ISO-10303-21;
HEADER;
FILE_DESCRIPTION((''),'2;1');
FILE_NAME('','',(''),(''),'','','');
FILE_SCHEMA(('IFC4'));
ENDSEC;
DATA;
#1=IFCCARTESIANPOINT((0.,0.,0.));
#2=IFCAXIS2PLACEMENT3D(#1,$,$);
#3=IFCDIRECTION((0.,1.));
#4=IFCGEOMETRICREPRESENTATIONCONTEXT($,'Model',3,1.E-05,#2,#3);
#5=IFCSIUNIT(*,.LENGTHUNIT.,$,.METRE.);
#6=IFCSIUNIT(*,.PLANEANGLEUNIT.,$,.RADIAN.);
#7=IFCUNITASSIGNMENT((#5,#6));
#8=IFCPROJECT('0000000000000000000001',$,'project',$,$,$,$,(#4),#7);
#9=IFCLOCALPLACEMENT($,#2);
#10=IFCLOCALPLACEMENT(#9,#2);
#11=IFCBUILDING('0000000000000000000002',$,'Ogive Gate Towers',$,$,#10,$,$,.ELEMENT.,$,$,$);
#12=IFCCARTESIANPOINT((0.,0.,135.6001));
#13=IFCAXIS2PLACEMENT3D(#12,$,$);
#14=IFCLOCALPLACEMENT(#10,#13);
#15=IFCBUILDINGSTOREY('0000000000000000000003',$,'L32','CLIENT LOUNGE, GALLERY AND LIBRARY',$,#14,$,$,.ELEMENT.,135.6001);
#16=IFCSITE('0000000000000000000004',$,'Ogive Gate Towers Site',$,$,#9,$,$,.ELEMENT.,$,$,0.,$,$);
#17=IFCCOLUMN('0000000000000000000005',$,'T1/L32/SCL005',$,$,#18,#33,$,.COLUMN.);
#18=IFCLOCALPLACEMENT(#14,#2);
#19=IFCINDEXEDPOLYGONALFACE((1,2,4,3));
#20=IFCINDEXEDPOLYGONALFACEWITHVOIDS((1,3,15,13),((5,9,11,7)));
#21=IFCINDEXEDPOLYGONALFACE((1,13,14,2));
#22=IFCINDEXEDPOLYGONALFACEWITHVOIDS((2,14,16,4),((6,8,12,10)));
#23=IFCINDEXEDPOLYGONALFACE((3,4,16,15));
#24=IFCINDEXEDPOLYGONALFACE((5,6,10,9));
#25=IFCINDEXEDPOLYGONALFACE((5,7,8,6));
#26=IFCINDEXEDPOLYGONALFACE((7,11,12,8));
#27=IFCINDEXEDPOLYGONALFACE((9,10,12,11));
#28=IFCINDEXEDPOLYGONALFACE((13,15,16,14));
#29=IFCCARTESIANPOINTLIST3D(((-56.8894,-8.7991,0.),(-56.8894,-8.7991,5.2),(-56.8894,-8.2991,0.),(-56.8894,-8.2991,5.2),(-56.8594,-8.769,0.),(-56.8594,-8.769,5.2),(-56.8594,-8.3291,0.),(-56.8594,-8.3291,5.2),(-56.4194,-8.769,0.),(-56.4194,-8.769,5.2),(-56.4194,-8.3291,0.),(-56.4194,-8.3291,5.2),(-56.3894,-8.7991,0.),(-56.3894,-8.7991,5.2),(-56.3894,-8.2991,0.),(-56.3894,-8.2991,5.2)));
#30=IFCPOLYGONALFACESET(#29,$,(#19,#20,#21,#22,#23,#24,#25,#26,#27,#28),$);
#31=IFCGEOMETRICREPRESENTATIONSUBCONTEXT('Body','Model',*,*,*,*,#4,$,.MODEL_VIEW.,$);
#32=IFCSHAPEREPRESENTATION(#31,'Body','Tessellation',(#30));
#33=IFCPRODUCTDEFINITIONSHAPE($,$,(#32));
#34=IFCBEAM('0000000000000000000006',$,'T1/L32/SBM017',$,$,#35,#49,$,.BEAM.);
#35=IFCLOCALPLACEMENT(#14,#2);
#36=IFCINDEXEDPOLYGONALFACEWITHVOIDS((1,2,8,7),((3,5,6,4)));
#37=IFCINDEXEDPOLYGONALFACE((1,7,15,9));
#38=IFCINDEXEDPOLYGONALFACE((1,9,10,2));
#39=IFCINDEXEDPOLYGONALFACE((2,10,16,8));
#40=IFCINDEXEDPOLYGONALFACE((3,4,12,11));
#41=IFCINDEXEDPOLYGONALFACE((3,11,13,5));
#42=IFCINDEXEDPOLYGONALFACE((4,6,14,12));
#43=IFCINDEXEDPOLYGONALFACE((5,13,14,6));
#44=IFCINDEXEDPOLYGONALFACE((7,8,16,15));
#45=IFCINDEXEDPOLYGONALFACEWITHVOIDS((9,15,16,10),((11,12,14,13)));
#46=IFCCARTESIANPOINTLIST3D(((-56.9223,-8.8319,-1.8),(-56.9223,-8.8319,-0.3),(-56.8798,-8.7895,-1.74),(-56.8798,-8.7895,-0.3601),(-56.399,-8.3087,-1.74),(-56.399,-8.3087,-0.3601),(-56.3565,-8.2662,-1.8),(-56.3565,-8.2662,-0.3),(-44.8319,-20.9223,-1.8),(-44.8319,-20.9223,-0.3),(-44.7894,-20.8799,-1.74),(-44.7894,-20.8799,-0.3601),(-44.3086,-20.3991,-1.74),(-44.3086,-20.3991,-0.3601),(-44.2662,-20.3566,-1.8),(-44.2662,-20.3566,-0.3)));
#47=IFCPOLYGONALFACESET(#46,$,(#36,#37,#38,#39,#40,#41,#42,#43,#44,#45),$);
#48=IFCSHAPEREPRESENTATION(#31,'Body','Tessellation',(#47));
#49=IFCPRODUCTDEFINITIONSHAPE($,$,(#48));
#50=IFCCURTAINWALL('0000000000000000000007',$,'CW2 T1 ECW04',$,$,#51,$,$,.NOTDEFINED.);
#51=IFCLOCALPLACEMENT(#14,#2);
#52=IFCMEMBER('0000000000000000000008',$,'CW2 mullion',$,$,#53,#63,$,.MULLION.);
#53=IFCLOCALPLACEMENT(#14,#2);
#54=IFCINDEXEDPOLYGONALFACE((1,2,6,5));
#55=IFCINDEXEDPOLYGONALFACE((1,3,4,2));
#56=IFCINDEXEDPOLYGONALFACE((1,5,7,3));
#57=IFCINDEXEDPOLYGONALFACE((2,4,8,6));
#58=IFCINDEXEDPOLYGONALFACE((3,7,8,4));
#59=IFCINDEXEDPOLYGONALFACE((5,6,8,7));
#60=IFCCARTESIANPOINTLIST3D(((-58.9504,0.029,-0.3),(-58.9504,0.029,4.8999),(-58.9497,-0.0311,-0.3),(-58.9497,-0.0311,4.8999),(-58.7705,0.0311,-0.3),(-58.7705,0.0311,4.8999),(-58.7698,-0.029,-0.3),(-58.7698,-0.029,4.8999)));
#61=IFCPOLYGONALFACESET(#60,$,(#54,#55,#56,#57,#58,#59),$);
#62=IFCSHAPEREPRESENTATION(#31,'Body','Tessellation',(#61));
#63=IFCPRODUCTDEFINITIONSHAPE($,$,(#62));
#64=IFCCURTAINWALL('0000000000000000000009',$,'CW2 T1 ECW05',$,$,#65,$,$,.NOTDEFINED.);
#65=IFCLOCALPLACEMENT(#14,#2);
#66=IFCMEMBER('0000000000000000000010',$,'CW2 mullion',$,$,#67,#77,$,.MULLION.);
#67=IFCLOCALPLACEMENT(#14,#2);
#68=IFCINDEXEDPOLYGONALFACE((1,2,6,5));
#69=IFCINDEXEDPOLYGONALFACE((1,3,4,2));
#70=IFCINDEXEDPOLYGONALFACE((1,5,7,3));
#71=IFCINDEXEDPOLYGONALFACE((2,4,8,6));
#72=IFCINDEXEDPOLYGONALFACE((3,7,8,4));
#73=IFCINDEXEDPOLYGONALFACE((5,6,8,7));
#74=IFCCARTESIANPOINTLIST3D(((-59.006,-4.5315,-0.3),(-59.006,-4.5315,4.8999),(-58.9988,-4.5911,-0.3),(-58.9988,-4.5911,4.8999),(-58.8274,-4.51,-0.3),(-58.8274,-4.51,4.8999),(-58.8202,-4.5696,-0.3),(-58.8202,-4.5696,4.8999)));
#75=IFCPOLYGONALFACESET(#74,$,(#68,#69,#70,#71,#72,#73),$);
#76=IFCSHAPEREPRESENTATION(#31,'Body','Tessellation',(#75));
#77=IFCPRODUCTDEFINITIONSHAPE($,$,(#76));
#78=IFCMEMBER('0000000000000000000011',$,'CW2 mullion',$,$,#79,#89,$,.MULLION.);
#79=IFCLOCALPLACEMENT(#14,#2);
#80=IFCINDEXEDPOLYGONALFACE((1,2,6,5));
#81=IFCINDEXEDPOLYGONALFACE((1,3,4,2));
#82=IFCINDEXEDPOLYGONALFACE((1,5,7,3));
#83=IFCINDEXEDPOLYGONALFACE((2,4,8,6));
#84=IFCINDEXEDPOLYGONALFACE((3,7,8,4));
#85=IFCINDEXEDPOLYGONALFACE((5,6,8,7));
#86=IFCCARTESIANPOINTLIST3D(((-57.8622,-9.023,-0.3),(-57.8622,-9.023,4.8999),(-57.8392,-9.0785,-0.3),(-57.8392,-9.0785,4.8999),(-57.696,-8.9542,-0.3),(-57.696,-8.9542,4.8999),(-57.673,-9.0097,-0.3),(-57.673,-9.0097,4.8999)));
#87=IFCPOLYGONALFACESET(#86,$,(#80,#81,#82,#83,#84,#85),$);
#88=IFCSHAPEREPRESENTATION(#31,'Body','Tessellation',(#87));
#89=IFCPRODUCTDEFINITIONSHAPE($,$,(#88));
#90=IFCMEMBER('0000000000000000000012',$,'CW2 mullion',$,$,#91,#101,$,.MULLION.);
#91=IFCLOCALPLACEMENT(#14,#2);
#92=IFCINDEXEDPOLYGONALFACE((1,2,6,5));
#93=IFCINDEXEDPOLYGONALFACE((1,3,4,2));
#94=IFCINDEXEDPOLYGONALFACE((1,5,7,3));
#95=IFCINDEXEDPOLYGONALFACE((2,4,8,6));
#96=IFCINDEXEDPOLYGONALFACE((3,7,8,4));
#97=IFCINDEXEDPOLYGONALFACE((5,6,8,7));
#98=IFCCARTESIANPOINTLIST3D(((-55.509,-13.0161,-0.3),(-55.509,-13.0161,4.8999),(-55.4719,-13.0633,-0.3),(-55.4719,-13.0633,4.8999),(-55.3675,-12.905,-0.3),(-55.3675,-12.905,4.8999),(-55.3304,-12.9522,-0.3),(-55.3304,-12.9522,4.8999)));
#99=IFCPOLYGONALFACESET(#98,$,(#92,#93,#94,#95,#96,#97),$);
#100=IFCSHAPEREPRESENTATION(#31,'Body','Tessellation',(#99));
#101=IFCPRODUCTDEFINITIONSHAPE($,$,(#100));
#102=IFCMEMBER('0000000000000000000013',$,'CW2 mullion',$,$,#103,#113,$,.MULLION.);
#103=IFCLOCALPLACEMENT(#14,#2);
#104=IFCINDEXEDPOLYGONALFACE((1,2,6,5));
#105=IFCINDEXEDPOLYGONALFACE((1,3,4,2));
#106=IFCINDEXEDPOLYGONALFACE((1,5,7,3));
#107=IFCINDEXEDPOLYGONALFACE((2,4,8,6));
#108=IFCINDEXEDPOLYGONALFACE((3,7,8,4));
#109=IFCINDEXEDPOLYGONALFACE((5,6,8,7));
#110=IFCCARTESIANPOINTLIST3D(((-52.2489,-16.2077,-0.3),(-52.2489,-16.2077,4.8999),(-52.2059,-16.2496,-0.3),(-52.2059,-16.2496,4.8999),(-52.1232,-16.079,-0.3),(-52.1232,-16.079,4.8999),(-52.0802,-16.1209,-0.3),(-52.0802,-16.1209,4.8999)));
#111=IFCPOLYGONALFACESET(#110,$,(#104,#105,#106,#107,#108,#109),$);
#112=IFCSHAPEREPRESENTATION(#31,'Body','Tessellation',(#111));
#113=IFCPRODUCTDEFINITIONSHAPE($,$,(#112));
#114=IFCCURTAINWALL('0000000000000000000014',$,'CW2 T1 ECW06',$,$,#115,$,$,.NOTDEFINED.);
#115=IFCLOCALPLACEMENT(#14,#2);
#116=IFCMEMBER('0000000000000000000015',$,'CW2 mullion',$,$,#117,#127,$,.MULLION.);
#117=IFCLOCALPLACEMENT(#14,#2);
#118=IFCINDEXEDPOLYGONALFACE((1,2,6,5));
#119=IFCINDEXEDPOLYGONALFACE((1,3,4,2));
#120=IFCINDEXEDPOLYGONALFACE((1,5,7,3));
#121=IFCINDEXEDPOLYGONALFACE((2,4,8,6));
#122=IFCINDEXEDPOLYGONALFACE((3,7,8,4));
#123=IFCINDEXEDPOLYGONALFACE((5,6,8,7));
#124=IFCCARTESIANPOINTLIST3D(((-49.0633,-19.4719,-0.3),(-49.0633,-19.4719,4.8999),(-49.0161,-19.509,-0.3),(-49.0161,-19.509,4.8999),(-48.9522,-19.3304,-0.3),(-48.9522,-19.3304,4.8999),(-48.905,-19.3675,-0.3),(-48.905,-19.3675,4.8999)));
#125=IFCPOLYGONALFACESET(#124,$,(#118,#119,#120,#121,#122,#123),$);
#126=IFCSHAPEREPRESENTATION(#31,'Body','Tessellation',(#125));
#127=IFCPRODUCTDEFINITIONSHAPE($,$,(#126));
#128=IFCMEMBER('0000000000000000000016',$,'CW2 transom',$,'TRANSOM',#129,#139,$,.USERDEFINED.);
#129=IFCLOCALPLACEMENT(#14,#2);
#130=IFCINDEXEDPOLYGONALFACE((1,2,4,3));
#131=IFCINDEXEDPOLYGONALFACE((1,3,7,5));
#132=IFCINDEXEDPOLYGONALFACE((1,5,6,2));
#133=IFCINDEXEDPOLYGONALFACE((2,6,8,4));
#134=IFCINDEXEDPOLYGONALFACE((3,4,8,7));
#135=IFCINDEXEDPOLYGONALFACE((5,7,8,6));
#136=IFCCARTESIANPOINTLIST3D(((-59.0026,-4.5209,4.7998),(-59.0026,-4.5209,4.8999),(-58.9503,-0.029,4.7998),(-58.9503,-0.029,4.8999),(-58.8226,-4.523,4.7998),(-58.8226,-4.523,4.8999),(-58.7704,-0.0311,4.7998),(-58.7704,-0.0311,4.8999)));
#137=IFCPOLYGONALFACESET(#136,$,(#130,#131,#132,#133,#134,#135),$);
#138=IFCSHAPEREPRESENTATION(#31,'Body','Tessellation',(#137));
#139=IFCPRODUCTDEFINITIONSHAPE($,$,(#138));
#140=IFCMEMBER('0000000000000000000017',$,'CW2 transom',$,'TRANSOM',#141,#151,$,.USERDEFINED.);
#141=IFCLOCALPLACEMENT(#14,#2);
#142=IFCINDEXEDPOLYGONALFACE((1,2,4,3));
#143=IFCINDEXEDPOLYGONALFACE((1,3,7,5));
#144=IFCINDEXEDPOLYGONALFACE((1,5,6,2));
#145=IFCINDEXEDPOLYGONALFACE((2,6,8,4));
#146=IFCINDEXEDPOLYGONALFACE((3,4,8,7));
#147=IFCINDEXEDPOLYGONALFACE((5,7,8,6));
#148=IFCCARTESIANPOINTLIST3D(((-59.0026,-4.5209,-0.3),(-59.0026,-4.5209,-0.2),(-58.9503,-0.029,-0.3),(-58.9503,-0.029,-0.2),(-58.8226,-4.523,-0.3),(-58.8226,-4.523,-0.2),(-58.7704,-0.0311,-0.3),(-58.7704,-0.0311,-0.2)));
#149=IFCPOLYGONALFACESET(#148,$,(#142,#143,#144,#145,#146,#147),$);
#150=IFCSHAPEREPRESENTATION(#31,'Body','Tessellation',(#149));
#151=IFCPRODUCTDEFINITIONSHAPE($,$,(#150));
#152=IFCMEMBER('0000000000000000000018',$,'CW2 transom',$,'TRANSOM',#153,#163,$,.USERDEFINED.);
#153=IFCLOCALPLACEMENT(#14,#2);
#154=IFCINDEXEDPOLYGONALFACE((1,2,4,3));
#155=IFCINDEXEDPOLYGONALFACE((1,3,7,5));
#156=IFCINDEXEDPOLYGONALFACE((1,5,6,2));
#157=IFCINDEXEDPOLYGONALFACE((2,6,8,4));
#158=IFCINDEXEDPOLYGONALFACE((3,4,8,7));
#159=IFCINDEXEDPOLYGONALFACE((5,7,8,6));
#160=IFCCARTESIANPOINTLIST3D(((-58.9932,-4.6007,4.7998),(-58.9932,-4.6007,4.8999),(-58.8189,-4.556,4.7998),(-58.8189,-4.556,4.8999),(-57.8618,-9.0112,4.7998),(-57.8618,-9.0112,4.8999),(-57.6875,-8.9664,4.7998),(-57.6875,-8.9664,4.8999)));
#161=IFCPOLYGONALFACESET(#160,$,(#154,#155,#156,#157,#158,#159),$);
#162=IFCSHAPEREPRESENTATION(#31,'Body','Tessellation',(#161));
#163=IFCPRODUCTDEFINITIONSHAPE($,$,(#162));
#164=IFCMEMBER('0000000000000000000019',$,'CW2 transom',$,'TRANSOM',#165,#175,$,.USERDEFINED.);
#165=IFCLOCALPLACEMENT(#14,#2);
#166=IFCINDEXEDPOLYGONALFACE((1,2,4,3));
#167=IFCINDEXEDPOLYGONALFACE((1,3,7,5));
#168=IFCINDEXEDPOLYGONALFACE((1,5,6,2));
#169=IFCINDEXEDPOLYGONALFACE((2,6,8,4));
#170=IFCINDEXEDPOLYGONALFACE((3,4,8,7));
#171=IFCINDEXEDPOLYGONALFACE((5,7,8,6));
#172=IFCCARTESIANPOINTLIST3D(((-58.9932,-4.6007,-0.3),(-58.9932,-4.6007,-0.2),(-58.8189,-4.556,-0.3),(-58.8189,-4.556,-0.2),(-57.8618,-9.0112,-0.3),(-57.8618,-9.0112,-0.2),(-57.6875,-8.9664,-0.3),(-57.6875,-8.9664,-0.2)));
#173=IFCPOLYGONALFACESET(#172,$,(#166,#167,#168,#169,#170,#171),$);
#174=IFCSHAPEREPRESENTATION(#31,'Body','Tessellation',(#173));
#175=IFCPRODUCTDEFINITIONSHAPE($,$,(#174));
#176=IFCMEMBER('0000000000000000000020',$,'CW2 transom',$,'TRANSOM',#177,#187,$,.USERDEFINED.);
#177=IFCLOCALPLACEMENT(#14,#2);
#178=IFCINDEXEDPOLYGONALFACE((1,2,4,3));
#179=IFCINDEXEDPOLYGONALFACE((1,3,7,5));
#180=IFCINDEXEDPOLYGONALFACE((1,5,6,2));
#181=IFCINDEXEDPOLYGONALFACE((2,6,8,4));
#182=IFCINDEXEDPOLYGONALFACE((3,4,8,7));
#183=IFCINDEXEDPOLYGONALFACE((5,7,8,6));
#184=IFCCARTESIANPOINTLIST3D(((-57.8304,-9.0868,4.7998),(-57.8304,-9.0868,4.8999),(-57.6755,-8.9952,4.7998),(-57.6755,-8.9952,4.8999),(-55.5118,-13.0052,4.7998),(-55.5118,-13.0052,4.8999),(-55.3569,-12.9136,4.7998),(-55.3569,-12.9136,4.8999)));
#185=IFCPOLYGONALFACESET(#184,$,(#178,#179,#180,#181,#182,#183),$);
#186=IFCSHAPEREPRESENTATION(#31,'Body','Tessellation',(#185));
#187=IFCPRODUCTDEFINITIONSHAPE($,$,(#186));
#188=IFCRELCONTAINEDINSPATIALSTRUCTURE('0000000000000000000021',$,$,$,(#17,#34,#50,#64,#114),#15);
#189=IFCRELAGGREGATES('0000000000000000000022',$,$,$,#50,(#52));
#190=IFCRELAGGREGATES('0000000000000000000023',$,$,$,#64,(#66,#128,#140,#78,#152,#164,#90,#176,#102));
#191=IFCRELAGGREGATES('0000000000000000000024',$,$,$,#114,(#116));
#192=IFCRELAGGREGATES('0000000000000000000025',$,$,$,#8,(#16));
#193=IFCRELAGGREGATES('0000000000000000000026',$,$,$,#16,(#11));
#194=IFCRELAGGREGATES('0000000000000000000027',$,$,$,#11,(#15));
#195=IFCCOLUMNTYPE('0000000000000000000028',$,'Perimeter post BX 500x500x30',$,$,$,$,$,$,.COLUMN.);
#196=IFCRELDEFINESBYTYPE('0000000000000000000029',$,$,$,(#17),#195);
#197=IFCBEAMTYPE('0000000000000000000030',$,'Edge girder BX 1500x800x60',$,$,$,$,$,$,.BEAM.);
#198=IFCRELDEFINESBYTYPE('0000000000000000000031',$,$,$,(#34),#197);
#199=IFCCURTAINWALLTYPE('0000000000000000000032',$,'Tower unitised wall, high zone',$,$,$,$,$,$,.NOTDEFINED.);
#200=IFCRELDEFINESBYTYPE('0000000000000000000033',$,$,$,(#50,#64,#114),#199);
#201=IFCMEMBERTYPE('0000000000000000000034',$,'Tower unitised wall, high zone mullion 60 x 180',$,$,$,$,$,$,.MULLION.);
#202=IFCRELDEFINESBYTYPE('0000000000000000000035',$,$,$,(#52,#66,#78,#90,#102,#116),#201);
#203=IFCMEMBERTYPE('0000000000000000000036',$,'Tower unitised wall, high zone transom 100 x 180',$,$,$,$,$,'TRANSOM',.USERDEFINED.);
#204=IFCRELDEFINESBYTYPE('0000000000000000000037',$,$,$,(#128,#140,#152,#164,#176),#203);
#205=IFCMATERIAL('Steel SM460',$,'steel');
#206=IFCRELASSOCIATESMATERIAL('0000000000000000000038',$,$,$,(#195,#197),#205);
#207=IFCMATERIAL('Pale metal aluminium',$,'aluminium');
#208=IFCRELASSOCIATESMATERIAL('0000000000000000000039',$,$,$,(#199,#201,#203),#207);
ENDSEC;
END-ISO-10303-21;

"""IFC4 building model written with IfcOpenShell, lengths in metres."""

from ifc_helpers import new_model, si_unit, direction, frame, origin, origin_2d, place, context, subcontext, project, spatial, rectangle, hollow_rectangle, extrude, material, material_profile, profile_set, type_object, element, aggregate, save


model = new_model("IFC4")

# Units and contexts
model_context = context("Model", 3, precision=1e-05, world=origin(), true_north=direction((0.0, 1.0)))
body_context = subcontext(model_context, "Body", "Model", "MODEL_VIEW")
ifc_project = project(units=[si_unit("LENGTHUNIT", "METRE"), si_unit("PLANEANGLEUNIT", "RADIAN")], contexts=[model_context])

# Site, building, storey
site_placement = place(None, origin())
site = spatial("IfcSite", under=ifc_project, at=site_placement, Name="Ogive Gate Towers Site", CompositionType="ELEMENT", RefElevation=0.0)
building_placement = place(site_placement, origin())
building = spatial("IfcBuilding", under=site, at=building_placement, Name="Ogive Gate Towers", CompositionType="ELEMENT")
storey_placement = place(building_placement, frame((0.0, 0.0, 135.6001)))
storey = spatial("IfcBuildingStorey", under=building, at=storey_placement, Name="L32", Description="CLIENT LOUNGE, GALLERY AND LIBRARY", CompositionType="ELEMENT", Elevation=135.6001)

# Column
ifc_material_1 = material(Name="Steel SM460", Category="steel")
ifc_material_profile_1 = material_profile(ifc_material_1, hollow_rectangle(XDim=0.5, YDim=0.5, WallThickness=0.03, at=origin_2d()), Name="BX 500x500x30")
ifc_profile_set_1 = profile_set([ifc_material_profile_1], Name="Steel SM460")
column_type = type_object("IfcColumnType", Name="Perimeter post BX 500x500x30", PredefinedType="COLUMN", material=ifc_profile_set_1)
column_placement = place(storey_placement, frame((-56.6394, -8.5491, 0.0), z_axis=(0.0, 0.0, 1.0), x_axis=(1.0, 0.0, 0.0)))
element("IfcColumn", 1, at=column_placement, inside=storey, type_object=column_type, Name="T1/L32/SCL005", PredefinedType="COLUMN", context=body_context, shape_type="SweptSolid", body=[
    extrude(hollow_rectangle(XDim=0.5, YDim=0.5, WallThickness=0.03, at=origin_2d()), origin(), (0.0, 0.0, 1.0), 5.2),
])

# Beam
ifc_material_profile_2 = material_profile(ifc_material_1, hollow_rectangle(XDim=0.8, YDim=1.5, WallThickness=0.0601, at=origin_2d()), Name="BX 1500x800x60")
ifc_profile_set_2 = profile_set([ifc_material_profile_2], Name="Steel SM460")
beam_type = type_object("IfcBeamType", Name="Edge girder BX 1500x800x60", PredefinedType="BEAM", material=ifc_profile_set_2)
beam_placement = place(storey_placement, frame((-56.6394, -8.5491, -1.05), z_axis=(0.707107, -0.707107, 0.0), x_axis=(0.707107, 0.707107, 0.0)))
element("IfcBeam", 2, at=beam_placement, inside=storey, type_object=beam_type, Name="T1/L32/SBM017", PredefinedType="BEAM", context=body_context, shape_type="SweptSolid", body=[
    extrude(hollow_rectangle(XDim=0.8, YDim=1.5, WallThickness=0.0601, at=origin_2d()), origin(), (0.0, 0.0, 1.0), 17.0984),
])

# Curtain wall, member
ifc_material_2 = material(Name="Pale metal aluminium", Category="aluminium")
curtain_wall_type = type_object("IfcCurtainWallType", Name="Tower unitised wall, high zone", PredefinedType="NOTDEFINED", material=ifc_material_2)
curtain_wall_1_placement = place(storey_placement, origin())
curtain_wall_1 = element("IfcCurtainWall", 3, at=curtain_wall_1_placement, inside=storey, type_object=curtain_wall_type, Name="CW2 T1 ECW04", PredefinedType="NOTDEFINED")
ifc_material_profile_3 = material_profile(ifc_material_2, rectangle(XDim=0.1799, YDim=0.0601, at=origin_2d()), Name="60 x 180 aluminium box")
ifc_profile_set_3 = profile_set([ifc_material_profile_3], Name="Pale metal aluminium")
member_type_1 = type_object("IfcMemberType", Name="Tower unitised wall, high zone mullion 60 x 180", PredefinedType="MULLION", material=ifc_profile_set_3)
member_1_placement = place(storey_placement, frame((-58.8601, 0.0, -0.3), z_axis=(0.0, 0.0, 1.0), x_axis=(-0.999932, -0.011641, 0.0)))
member_1 = element("IfcMember", 4, at=member_1_placement, type_object=member_type_1, Name="CW2 mullion", PredefinedType="MULLION", context=body_context, shape_type="SweptSolid", body=[
    extrude(rectangle(XDim=0.1799, YDim=0.0601, at=origin_2d()), origin(), (0.0, 0.0, 1.0), 5.2),
])
aggregate(curtain_wall_1, [member_1])

# Curtain wall, members
curtain_wall_2_placement = place(storey_placement, origin())
curtain_wall_2 = element("IfcCurtainWall", 5, at=curtain_wall_2_placement, inside=storey, type_object=curtain_wall_type, Name="CW2 T1 ECW05", PredefinedType="NOTDEFINED")
member_2_placement = place(storey_placement, frame((-58.9131, -4.5505, -0.3), z_axis=(0.0, 0.0, 1.0), x_axis=(-0.992841, -0.119444, 0.0)))
member_2 = element("IfcMember", 6, at=member_2_placement, type_object=member_type_1, Name="CW2 mullion", PredefinedType="MULLION", context=body_context, shape_type="SweptSolid", body=[
    extrude(rectangle(XDim=0.1799, YDim=0.0601, at=origin_2d()), origin(), (0.0, 0.0, 1.0), 5.2),
])
member_3_placement = place(storey_placement, frame((-57.7676, -9.0164, -0.3), z_axis=(0.0, 0.0, 1.0), x_axis=(-0.92388, -0.382683, 0.0)))
member_3 = element("IfcMember", 7, at=member_3_placement, type_object=member_type_1, Name="CW2 mullion", PredefinedType="MULLION", context=body_context, shape_type="SweptSolid", body=[
    extrude(rectangle(XDim=0.1799, YDim=0.0601, at=origin_2d()), origin(), (0.0, 0.0, 1.0), 5.2),
])
member_4_placement = place(storey_placement, frame((-55.4197, -12.9841, -0.3), z_axis=(0.0, 0.0, 1.0), x_axis=(-0.786504, -0.617585, 0.0)))
member_4 = element("IfcMember", 8, at=member_4_placement, type_object=member_type_1, Name="CW2 mullion", PredefinedType="MULLION", context=body_context, shape_type="SweptSolid", body=[
    extrude(rectangle(XDim=0.1799, YDim=0.0601, at=origin_2d()), origin(), (0.0, 0.0, 1.0), 5.2),
])
member_5_placement = place(storey_placement, frame((-52.1646, -16.1643, -0.3), z_axis=(0.0, 0.0, 1.0), x_axis=(-0.698815, -0.715303, 0.0)))
member_5 = element("IfcMember", 9, at=member_5_placement, type_object=member_type_1, Name="CW2 mullion", PredefinedType="MULLION", context=body_context, shape_type="SweptSolid", body=[
    extrude(rectangle(XDim=0.1799, YDim=0.0601, at=origin_2d()), origin(), (0.0, 0.0, 1.0), 5.2),
])

# Curtain wall, member
curtain_wall_3_placement = place(storey_placement, origin())
curtain_wall_3 = element("IfcCurtainWall", 10, at=curtain_wall_3_placement, inside=storey, type_object=curtain_wall_type, Name="CW2 T1 ECW06", PredefinedType="NOTDEFINED")
member_6_placement = place(storey_placement, frame((-48.9841, -19.4197, -0.3), z_axis=(0.0, 0.0, 1.0), x_axis=(-0.617585, -0.786504, 0.0)))
member_6 = element("IfcMember", 11, at=member_6_placement, type_object=member_type_1, Name="CW2 mullion", PredefinedType="MULLION", context=body_context, shape_type="SweptSolid", body=[
    extrude(rectangle(XDim=0.1799, YDim=0.0601, at=origin_2d()), origin(), (0.0, 0.0, 1.0), 5.2),
])

# Members
ifc_material_profile_4 = material_profile(ifc_material_2, rectangle(XDim=0.1799, YDim=0.1001, at=origin_2d()), Name="100 x 180 aluminium box")
ifc_profile_set_4 = profile_set([ifc_material_profile_4], Name="Pale metal aluminium")
member_type_2 = type_object("IfcMemberType", Name="Tower unitised wall, high zone transom 100 x 180", ElementType="TRANSOM", PredefinedType="USERDEFINED", material=ifc_profile_set_4)
member_7_placement = place(storey_placement, frame((-58.8604, -0.03, 4.8499), z_axis=(-0.01163, -0.999932, 0.0), x_axis=(0.999932, -0.01163, 0.0)))
member_7 = element("IfcMember", 12, at=member_7_placement, type_object=member_type_2, Name="CW2 transom", ObjectType="TRANSOM", PredefinedType="USERDEFINED", context=body_context, shape_type="SweptSolid", body=[
    extrude(rectangle(XDim=0.1799, YDim=0.1001, at=origin_2d()), origin(), (0.0, 0.0, 1.0), 4.4922),
])
member_8_placement = place(storey_placement, frame((-58.8604, -0.03, -0.25), z_axis=(-0.01163, -0.999932, 0.0), x_axis=(0.999932, -0.01163, 0.0)))
member_8 = element("IfcMember", 13, at=member_8_placement, type_object=member_type_2, Name="CW2 transom", ObjectType="TRANSOM", PredefinedType="USERDEFINED", context=body_context, shape_type="SweptSolid", body=[
    extrude(rectangle(XDim=0.1799, YDim=0.1001, at=origin_2d()), origin(), (0.0, 0.0, 1.0), 4.4922),
])
member_9_placement = place(storey_placement, frame((-58.906, -4.5784, 4.8499), z_axis=(0.248473, -0.968639, 0.0), x_axis=(0.968639, 0.248473, 0.0)))
member_9 = element("IfcMember", 14, at=member_9_placement, type_object=member_type_2, Name="CW2 transom", ObjectType="TRANSOM", PredefinedType="USERDEFINED", context=body_context, shape_type="SweptSolid", body=[
    extrude(rectangle(XDim=0.1799, YDim=0.1001, at=origin_2d()), origin(), (0.0, 0.0, 1.0), 4.5532),
])
member_10_placement = place(storey_placement, frame((-58.906, -4.5784, -0.25), z_axis=(0.248473, -0.968639, 0.0), x_axis=(0.968639, 0.248473, 0.0)))
member_10 = element("IfcMember", 15, at=member_10_placement, type_object=member_type_2, Name="CW2 transom", ObjectType="TRANSOM", PredefinedType="USERDEFINED", context=body_context, shape_type="SweptSolid", body=[
    extrude(rectangle(XDim=0.1799, YDim=0.1001, at=origin_2d()), origin(), (0.0, 0.0, 1.0), 4.5532),
])
member_11_placement = place(storey_placement, frame((-57.7529, -9.041, 4.8499), z_axis=(0.509242, -0.860623, 0.0), x_axis=(0.860623, 0.509242, 0.0)))
member_11 = element("IfcMember", 16, at=member_11_placement, type_object=member_type_2, Name="CW2 transom", ObjectType="TRANSOM", PredefinedType="USERDEFINED", context=body_context, shape_type="SweptSolid", body=[
    extrude(rectangle(XDim=0.1799, YDim=0.1001, at=origin_2d()), origin(), (0.0, 0.0, 1.0), 4.553),
])

aggregate(curtain_wall_2, [member_2, member_7, member_8, member_3, member_9, member_10, member_4, member_11, member_5])
aggregate(curtain_wall_3, [member_6])

save(model, "model.ifc")
